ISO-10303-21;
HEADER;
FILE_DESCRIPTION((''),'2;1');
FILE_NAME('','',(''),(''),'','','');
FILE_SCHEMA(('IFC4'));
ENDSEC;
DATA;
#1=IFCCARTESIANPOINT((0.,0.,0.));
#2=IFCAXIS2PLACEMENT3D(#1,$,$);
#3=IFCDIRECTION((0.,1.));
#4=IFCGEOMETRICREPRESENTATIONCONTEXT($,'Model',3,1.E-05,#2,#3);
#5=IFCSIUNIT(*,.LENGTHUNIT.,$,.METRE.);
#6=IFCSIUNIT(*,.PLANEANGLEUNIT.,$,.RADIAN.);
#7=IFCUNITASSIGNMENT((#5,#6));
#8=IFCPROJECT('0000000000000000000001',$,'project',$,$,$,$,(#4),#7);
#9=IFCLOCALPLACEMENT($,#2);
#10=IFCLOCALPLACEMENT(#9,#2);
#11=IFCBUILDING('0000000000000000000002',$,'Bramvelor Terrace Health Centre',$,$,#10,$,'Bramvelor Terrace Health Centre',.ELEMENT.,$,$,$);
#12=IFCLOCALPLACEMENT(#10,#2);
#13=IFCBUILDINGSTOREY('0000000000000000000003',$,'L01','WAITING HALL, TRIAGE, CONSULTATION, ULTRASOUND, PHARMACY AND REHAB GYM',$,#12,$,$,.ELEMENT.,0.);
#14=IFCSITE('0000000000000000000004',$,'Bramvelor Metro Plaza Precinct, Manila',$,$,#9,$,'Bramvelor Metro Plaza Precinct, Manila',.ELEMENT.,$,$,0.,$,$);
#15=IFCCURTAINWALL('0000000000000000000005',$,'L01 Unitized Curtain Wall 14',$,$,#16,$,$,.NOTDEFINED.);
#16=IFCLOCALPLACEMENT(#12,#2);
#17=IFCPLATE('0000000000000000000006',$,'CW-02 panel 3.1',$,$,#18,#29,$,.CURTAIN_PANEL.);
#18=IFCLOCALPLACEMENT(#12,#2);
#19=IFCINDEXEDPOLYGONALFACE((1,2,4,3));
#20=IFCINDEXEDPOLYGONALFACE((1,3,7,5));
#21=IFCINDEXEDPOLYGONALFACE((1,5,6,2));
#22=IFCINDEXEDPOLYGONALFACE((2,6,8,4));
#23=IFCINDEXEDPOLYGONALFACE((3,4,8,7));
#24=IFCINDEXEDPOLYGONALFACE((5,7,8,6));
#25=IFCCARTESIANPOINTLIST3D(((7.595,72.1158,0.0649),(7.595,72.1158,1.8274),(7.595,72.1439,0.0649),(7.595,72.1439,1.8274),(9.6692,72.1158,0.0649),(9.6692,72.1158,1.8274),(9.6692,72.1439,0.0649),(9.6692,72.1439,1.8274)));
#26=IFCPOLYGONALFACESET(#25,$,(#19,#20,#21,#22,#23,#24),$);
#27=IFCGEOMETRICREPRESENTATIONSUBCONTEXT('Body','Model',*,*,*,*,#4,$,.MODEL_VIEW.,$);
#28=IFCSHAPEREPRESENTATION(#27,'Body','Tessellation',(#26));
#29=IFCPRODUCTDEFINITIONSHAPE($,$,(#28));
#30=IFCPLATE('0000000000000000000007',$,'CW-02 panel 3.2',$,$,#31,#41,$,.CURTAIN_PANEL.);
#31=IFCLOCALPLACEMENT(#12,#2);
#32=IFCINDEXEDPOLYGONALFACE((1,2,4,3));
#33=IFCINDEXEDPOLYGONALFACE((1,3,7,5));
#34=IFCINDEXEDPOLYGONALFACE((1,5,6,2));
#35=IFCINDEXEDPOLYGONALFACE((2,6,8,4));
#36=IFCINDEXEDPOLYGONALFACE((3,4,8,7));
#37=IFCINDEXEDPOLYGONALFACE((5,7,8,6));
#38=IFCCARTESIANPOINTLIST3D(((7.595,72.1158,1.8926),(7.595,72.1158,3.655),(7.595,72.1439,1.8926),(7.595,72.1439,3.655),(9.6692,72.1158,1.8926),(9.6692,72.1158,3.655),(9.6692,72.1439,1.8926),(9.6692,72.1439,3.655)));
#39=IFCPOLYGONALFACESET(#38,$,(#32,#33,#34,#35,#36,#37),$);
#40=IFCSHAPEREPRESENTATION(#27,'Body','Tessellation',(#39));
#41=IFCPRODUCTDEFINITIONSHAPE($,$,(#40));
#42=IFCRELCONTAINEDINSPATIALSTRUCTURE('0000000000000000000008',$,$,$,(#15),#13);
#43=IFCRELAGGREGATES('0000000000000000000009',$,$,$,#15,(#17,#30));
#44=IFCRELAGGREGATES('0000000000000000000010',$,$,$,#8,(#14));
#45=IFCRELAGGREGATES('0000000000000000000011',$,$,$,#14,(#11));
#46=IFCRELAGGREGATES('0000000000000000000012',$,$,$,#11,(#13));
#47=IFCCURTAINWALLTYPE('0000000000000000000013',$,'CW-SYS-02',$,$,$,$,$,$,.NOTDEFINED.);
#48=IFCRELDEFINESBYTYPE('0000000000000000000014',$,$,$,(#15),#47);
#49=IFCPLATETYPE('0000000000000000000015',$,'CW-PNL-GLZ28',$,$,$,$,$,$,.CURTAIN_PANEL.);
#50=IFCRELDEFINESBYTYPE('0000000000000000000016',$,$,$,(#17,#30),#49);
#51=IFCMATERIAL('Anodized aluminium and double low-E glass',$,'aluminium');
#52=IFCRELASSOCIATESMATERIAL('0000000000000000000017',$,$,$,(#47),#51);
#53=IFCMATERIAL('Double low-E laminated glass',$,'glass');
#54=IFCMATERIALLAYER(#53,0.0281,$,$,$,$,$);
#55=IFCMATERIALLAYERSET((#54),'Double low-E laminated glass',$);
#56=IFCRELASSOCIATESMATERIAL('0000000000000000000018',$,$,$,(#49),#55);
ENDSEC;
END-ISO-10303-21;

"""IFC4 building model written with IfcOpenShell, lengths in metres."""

from ifc_helpers import new_model, si_unit, direction, frame, origin, origin_2d, place, context, subcontext, project, spatial, rectangle, extrude, material, layer, layer_set, type_object, element, aggregate, save


model = new_model("IFC4")

# Units and contexts
model_context = context("Model", 3, precision=1e-05, world=origin(), true_north=direction((0.0, 1.0)))
body_context = subcontext(model_context, "Body", "Model", "MODEL_VIEW")
ifc_project = project(units=[si_unit("LENGTHUNIT", "METRE"), si_unit("PLANEANGLEUNIT", "RADIAN")], contexts=[model_context])

# Site, building, storey
site_placement = place(None, origin())
site = spatial("IfcSite", under=ifc_project, at=site_placement, Name="Bramvelor Metro Plaza Precinct, Manila", LongName="Bramvelor Metro Plaza Precinct, Manila", CompositionType="ELEMENT", RefElevation=0.0)
building_placement = place(site_placement, origin())
building = spatial("IfcBuilding", under=site, at=building_placement, Name="Bramvelor Terrace Health Centre", LongName="Bramvelor Terrace Health Centre", CompositionType="ELEMENT")
storey_placement = place(building_placement, origin())
storey = spatial("IfcBuildingStorey", under=building, at=storey_placement, Name="L01", Description="WAITING HALL, TRIAGE, CONSULTATION, ULTRASOUND, PHARMACY AND REHAB GYM", CompositionType="ELEMENT", Elevation=0.0)

# Curtain wall, plates
ifc_material_1 = material(Name="Anodized aluminium and double low-E glass", Category="aluminium")
curtain_wall_type = type_object("IfcCurtainWallType", Name="CW-SYS-02", PredefinedType="NOTDEFINED", material=ifc_material_1)
curtain_wall_placement = place(storey_placement, origin())
curtain_wall = element("IfcCurtainWall", 1, at=curtain_wall_placement, inside=storey, type_object=curtain_wall_type, Name="L01 Unitized Curtain Wall 14", PredefinedType="NOTDEFINED")
ifc_material_2 = material(Name="Double low-E laminated glass", Category="glass")
ifc_layer = layer(ifc_material_2, 0.0281)
ifc_layer_set = layer_set([ifc_layer], Name="Double low-E laminated glass")
plate_type = type_object("IfcPlateType", Name="CW-PNL-GLZ28", PredefinedType="CURTAIN_PANEL", material=ifc_layer_set)
plate_1_placement = place(storey_placement, frame((8.6321, 72.1299, 0.0649), z_axis=(0.0, 0.0, 1.0), x_axis=(-1.0, 0.0, 0.0)))
plate_1 = element("IfcPlate", 2, at=plate_1_placement, type_object=plate_type, Name="CW-02 panel 3.1", PredefinedType="CURTAIN_PANEL", context=body_context, shape_type="SweptSolid", body=[
    extrude(rectangle(XDim=2.0742, YDim=0.0281, at=origin_2d()), origin(), (0.0, 0.0, 1.0), 1.7625),
])
plate_2_placement = place(storey_placement, frame((8.6321, 72.1299, 1.8926), z_axis=(0.0, 0.0, 1.0), x_axis=(-1.0, 0.0, 0.0)))
plate_2 = element("IfcPlate", 3, at=plate_2_placement, type_object=plate_type, Name="CW-02 panel 3.2", PredefinedType="CURTAIN_PANEL", context=body_context, shape_type="SweptSolid", body=[
    extrude(rectangle(XDim=2.0742, YDim=0.0281, at=origin_2d()), origin(), (0.0, 0.0, 1.0), 1.7625),
])
aggregate(curtain_wall, [plate_1, plate_2])

save(model, "model.ifc")
